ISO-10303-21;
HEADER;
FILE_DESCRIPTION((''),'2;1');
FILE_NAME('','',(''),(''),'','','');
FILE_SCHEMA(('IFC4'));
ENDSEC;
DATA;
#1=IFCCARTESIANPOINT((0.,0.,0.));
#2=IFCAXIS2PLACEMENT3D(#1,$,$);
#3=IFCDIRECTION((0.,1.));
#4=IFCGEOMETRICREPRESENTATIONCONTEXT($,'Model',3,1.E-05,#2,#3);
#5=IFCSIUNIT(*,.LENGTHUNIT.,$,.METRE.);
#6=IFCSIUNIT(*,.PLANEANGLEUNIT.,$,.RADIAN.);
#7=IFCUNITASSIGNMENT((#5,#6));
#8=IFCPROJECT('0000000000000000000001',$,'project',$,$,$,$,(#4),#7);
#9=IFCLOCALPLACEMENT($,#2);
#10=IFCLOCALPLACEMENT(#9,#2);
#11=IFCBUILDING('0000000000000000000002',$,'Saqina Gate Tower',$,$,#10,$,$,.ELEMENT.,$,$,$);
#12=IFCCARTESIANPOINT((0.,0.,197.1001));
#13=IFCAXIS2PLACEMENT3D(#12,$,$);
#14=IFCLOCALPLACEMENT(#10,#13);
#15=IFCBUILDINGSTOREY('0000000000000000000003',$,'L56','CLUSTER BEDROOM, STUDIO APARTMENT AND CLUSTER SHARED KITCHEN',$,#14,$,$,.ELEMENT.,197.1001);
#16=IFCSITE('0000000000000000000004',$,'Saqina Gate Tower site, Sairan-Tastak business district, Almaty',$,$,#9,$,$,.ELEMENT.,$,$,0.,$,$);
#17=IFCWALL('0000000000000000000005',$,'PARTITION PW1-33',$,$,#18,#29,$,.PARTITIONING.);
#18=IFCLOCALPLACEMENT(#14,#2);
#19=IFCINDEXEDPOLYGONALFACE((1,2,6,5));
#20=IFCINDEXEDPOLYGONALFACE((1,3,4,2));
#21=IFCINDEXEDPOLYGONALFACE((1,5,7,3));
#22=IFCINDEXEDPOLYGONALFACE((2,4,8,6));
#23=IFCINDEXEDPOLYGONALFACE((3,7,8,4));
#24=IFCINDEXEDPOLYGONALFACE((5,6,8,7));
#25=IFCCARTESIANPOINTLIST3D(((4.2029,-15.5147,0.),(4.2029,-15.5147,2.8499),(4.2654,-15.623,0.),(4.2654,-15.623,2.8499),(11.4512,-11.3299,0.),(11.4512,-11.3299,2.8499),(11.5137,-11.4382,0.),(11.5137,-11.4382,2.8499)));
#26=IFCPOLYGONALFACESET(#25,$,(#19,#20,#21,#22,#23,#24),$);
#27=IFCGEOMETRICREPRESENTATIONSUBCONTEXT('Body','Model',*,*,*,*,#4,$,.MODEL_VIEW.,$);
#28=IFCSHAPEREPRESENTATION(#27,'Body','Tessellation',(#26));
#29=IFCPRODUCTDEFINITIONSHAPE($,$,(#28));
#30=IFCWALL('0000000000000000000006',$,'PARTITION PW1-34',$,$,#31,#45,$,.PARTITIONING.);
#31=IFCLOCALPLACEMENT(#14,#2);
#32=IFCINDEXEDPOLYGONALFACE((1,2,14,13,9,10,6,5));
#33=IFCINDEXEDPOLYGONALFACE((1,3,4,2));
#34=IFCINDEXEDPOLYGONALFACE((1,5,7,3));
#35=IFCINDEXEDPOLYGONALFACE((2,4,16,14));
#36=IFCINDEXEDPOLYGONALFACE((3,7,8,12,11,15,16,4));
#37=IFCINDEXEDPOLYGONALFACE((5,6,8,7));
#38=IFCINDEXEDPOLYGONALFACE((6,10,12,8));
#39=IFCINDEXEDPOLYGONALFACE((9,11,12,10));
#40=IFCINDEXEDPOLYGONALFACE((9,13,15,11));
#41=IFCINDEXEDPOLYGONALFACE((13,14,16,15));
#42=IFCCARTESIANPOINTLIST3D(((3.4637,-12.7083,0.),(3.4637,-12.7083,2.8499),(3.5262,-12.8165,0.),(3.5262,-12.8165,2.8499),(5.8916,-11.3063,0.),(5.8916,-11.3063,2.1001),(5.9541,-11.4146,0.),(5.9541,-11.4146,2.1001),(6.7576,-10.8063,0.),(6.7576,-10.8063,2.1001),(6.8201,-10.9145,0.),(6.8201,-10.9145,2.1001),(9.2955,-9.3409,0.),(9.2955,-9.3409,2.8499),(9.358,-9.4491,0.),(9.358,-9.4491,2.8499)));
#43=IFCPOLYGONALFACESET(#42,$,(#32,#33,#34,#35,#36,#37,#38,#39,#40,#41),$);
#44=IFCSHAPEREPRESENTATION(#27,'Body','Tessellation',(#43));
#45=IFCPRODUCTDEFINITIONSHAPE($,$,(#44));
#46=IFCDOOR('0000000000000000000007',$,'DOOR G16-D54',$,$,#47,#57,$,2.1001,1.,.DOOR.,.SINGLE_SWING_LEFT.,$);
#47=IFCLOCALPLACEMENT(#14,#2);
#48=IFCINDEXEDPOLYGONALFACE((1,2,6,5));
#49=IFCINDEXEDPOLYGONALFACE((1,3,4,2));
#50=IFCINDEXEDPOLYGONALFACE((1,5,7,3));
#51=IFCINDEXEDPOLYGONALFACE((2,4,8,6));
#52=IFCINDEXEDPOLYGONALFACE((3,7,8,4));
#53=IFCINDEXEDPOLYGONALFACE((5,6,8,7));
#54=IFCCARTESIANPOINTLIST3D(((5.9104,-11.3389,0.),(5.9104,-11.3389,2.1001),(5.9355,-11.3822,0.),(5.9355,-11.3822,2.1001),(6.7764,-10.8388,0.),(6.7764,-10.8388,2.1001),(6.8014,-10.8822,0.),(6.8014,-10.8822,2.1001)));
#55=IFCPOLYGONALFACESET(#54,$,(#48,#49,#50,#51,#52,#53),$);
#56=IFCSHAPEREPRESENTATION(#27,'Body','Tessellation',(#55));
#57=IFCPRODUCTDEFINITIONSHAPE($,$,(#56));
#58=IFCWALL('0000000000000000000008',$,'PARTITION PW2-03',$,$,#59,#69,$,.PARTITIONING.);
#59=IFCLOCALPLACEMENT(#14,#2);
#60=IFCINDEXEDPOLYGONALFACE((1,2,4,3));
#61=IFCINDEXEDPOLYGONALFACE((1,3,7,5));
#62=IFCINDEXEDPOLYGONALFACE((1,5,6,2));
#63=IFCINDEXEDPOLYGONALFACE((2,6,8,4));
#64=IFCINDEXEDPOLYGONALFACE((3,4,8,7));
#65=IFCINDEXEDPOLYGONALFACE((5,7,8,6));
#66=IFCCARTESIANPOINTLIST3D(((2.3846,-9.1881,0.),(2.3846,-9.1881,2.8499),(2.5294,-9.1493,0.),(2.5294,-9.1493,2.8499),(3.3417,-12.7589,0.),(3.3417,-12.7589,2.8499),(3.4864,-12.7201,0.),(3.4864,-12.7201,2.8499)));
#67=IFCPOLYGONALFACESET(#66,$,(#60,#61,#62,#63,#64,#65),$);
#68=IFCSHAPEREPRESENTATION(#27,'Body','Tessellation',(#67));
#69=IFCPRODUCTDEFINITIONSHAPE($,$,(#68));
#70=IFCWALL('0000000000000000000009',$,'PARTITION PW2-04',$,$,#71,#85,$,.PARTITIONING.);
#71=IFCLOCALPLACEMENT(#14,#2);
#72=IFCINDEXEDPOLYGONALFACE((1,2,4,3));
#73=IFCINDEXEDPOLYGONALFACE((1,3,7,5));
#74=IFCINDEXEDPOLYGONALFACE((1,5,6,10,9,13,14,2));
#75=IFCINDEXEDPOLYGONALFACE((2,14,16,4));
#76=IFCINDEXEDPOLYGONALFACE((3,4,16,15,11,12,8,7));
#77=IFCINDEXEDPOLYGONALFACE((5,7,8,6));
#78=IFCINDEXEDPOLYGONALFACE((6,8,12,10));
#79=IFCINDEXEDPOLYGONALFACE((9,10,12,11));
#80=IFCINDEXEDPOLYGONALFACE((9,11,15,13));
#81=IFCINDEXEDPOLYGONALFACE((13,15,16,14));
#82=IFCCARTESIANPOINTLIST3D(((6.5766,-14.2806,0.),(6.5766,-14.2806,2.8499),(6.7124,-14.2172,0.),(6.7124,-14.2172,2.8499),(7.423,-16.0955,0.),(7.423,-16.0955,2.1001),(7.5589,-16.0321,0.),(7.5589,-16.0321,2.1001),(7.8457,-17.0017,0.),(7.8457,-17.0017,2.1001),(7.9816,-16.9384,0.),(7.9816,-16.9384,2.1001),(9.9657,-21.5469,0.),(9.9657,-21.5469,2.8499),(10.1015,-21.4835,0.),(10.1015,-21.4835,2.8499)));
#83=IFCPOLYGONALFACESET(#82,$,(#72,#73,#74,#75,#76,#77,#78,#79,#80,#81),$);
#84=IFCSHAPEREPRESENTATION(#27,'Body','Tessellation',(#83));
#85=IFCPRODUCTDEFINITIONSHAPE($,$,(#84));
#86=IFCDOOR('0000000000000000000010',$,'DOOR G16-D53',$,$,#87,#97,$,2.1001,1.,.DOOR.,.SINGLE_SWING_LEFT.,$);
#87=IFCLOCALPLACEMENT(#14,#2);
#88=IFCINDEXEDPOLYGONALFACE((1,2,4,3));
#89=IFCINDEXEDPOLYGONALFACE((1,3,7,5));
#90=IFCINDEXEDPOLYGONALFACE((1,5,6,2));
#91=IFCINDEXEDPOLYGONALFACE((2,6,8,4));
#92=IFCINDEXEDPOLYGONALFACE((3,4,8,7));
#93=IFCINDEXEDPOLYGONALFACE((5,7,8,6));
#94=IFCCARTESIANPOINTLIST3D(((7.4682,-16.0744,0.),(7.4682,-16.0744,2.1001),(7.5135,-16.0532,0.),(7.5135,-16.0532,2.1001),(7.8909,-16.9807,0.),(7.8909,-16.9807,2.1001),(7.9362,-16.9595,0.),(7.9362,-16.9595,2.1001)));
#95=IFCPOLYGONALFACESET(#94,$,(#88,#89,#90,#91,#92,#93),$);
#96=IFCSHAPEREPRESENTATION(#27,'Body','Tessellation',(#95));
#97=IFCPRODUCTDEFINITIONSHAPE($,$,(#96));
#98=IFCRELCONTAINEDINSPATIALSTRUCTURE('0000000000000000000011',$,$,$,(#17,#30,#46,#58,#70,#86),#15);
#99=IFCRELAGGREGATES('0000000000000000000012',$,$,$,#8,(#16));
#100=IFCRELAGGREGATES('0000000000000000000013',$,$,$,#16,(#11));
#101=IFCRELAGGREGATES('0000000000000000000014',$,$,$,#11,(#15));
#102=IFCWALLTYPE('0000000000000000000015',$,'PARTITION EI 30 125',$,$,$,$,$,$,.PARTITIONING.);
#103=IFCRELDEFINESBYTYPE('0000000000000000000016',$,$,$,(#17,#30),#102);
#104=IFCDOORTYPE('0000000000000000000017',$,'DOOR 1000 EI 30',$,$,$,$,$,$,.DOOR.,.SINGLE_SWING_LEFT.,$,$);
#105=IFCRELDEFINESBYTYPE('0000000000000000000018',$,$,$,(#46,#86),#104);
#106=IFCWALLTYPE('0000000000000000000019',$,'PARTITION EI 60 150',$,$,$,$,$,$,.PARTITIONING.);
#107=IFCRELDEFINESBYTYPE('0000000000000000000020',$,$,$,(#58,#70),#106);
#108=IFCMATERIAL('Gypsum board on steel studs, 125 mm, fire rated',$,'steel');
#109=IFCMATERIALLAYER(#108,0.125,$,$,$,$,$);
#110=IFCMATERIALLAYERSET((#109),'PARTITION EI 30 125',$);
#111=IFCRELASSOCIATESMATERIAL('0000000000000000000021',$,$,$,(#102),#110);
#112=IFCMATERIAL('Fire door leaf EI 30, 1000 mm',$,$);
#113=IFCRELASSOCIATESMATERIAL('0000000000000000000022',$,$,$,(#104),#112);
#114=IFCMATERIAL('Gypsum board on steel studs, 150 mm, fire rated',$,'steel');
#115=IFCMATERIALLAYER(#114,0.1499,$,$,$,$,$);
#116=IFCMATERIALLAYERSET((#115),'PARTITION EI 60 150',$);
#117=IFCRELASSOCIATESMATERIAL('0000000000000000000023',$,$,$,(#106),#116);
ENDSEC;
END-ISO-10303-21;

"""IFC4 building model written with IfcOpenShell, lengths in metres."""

from ifc_helpers import new_model, si_unit, direction, frame, frame_2d, origin, place, context, subcontext, project, spatial, rectangle, extrude, material, layer, layer_set, type_object, element, fill, save


model = new_model("IFC4")

# Units and contexts
model_context = context("Model", 3, precision=1e-05, world=origin(), true_north=direction((0.0, 1.0)))
body_context = subcontext(model_context, "Body", "Model", "MODEL_VIEW")
ifc_project = project(units=[si_unit("LENGTHUNIT", "METRE"), si_unit("PLANEANGLEUNIT", "RADIAN")], contexts=[model_context])

# Site, building, storey
site_placement = place(None, origin())
site = spatial("IfcSite", under=ifc_project, at=site_placement, Name="Saqina Gate Tower site, Sairan-Tastak business district, Almaty", CompositionType="ELEMENT", RefElevation=0.0)
building_placement = place(site_placement, origin())
building = spatial("IfcBuilding", under=site, at=building_placement, Name="Saqina Gate Tower", CompositionType="ELEMENT")
storey_placement = place(building_placement, frame((0.0, 0.0, 197.1001)))
storey = spatial("IfcBuildingStorey", under=building, at=storey_placement, Name="L56", Description="CLUSTER BEDROOM, STUDIO APARTMENT AND CLUSTER SHARED KITCHEN", CompositionType="ELEMENT", Elevation=197.1001)

# Shared definitions
ifc_material_1 = material(Name="Gypsum board on steel studs, 125 mm, fire rated", Category="steel")
ifc_layer_1 = layer(ifc_material_1, 0.125)
ifc_layer_set_1 = layer_set([ifc_layer_1], Name="PARTITION EI 30 125")
wall_type_1 = type_object("IfcWallType", Name="PARTITION EI 30 125", PredefinedType="PARTITIONING", material=ifc_layer_set_1)

# Wall
wall_1_placement = place(storey_placement, frame((4.2341, -15.5688, 0.0), z_axis=(0.0, 0.0, 1.0), x_axis=(0.866025, 0.500001, 0.0)))
element("IfcWall", 1, at=wall_1_placement, inside=storey, type_object=wall_type_1, Name="PARTITION PW1-33", PredefinedType="PARTITIONING", context=body_context, shape_type="SweptSolid", body=[
    extrude(rectangle(XDim=8.3696, YDim=0.125, at=frame_2d((4.1848, 0.0))), origin(), (0.0, 0.0, 1.0), 2.8499),
])

# Wall, opening, door
wall_2_placement = place(storey_placement, frame((3.4949, -12.7625, 0.0), z_axis=(0.0, 0.0, 1.0), x_axis=(0.865997, 0.50005, 0.0)))
wall_2 = element("IfcWall", 2, at=wall_2_placement, inside=storey, type_object=wall_type_1, Name="PARTITION PW1-34", PredefinedType="PARTITIONING", context=body_context, shape_type="SweptSolid", body=[
    extrude(rectangle(XDim=6.7341, YDim=0.125, at=frame_2d((3.3672, 0.0))), origin(), (0.0, 0.0, 1.0), 2.8499),
])
opening_1_placement = place(wall_2_placement, frame((2.8037, 0.0, 0.0)))
opening_1 = element("IfcOpeningElement", 3, at=opening_1_placement, cuts=wall_2, PredefinedType="OPENING", context=body_context, shape_type="SweptSolid", body=[
    extrude(rectangle(XDim=1.0, YDim=2.1001, at=frame_2d((0.5, 1.05))), frame((0.0, 0.0745, 0.0), z_axis=(0.0, -1.0, 0.0), x_axis=(1.0, 0.0, 0.0)), (0.0, 0.0, 1.0), 0.1489),
])
ifc_material_2 = material(Name="Fire door leaf EI 30, 1000 mm")
door_type_1 = type_object("IfcDoorType", Name="DOOR 1000 EI 30", OperationType="SINGLE_SWING_LEFT", PredefinedType="DOOR", material=ifc_material_2)
door_1_placement = place(opening_1_placement, origin())
door_1 = element("IfcDoor", 4, at=door_1_placement, inside=storey, type_object=door_type_1, Name="DOOR G16-D54", OperationType="SINGLE_SWING_LEFT", OverallHeight=2.1001, OverallWidth=1.0, PredefinedType="DOOR", context=body_context, shape_type="SweptSolid", body=[
    extrude(rectangle(XDim=1.0, YDim=2.1001, at=frame_2d((0.5, 1.05))), frame((0.0, 0.0249, 0.0), z_axis=(0.0, -1.0, 0.0), x_axis=(1.0, 0.0, 0.0)), (0.0, 0.0, 1.0), 0.05),
])
fill(opening_1, door_1)

# Wall
ifc_material_3 = material(Name="Gypsum board on steel studs, 150 mm, fire rated", Category="steel")
ifc_layer_2 = layer(ifc_material_3, 0.1499)
ifc_layer_set_2 = layer_set([ifc_layer_2], Name="PARTITION EI 60 150")
wall_type_2 = type_object("IfcWallType", Name="PARTITION EI 60 150", PredefinedType="PARTITIONING", material=ifc_layer_set_2)
wall_3_placement = place(storey_placement, frame((2.457, -9.1687, 0.0), z_axis=(0.0, 0.0, 1.0), x_axis=(0.258879, -0.96591, 0.0)))
element("IfcWall", 5, at=wall_3_placement, inside=storey, type_object=wall_type_2, Name="PARTITION PW2-03", PredefinedType="PARTITIONING", context=body_context, shape_type="SweptSolid", body=[
    extrude(rectangle(XDim=3.6968, YDim=0.1499, at=frame_2d((1.8484, 0.0))), origin(), (0.0, 0.0, 1.0), 2.8499),
])

# Wall, opening, door
wall_4_placement = place(storey_placement, frame((6.6445, -14.249, 0.0), z_axis=(0.0, 0.0, 1.0), x_axis=(0.4227, -0.906269, 0.0)))
wall_4 = element("IfcWall", 6, at=wall_4_placement, inside=storey, type_object=wall_type_2, Name="PARTITION PW2-04", PredefinedType="PARTITIONING", context=body_context, shape_type="SweptSolid", body=[
    extrude(rectangle(XDim=8.0178, YDim=0.1499, at=frame_2d((4.0088, 0.0))), origin(), (0.0, 0.0, 1.0), 2.8499),
])
opening_2_placement = place(wall_4_placement, frame((2.0024, 0.0, 0.0)))
opening_2 = element("IfcOpeningElement", 7, at=opening_2_placement, cuts=wall_4, PredefinedType="OPENING", context=body_context, shape_type="SweptSolid", body=[
    extrude(rectangle(XDim=1.0, YDim=2.1001, at=frame_2d((0.5, 1.05))), frame((0.0, 0.0869, 0.0), z_axis=(0.0, -1.0, 0.0), x_axis=(1.0, 0.0, 0.0)), (0.0, 0.0, 1.0), 0.1738),
])
door_2_placement = place(opening_2_placement, origin())
door_2 = element("IfcDoor", 8, at=door_2_placement, inside=storey, type_object=door_type_1, Name="DOOR G16-D53", OperationType="SINGLE_SWING_LEFT", OverallHeight=2.1001, OverallWidth=1.0, PredefinedType="DOOR", context=body_context, shape_type="SweptSolid", body=[
    extrude(rectangle(XDim=1.0, YDim=2.1001, at=frame_2d((0.5, 1.05))), frame((0.0, 0.0249, 0.0), z_axis=(0.0, -1.0, 0.0), x_axis=(1.0, 0.0, 0.0)), (0.0, 0.0, 1.0), 0.05),
])
fill(opening_2, door_2)

save(model, "model.ifc")
